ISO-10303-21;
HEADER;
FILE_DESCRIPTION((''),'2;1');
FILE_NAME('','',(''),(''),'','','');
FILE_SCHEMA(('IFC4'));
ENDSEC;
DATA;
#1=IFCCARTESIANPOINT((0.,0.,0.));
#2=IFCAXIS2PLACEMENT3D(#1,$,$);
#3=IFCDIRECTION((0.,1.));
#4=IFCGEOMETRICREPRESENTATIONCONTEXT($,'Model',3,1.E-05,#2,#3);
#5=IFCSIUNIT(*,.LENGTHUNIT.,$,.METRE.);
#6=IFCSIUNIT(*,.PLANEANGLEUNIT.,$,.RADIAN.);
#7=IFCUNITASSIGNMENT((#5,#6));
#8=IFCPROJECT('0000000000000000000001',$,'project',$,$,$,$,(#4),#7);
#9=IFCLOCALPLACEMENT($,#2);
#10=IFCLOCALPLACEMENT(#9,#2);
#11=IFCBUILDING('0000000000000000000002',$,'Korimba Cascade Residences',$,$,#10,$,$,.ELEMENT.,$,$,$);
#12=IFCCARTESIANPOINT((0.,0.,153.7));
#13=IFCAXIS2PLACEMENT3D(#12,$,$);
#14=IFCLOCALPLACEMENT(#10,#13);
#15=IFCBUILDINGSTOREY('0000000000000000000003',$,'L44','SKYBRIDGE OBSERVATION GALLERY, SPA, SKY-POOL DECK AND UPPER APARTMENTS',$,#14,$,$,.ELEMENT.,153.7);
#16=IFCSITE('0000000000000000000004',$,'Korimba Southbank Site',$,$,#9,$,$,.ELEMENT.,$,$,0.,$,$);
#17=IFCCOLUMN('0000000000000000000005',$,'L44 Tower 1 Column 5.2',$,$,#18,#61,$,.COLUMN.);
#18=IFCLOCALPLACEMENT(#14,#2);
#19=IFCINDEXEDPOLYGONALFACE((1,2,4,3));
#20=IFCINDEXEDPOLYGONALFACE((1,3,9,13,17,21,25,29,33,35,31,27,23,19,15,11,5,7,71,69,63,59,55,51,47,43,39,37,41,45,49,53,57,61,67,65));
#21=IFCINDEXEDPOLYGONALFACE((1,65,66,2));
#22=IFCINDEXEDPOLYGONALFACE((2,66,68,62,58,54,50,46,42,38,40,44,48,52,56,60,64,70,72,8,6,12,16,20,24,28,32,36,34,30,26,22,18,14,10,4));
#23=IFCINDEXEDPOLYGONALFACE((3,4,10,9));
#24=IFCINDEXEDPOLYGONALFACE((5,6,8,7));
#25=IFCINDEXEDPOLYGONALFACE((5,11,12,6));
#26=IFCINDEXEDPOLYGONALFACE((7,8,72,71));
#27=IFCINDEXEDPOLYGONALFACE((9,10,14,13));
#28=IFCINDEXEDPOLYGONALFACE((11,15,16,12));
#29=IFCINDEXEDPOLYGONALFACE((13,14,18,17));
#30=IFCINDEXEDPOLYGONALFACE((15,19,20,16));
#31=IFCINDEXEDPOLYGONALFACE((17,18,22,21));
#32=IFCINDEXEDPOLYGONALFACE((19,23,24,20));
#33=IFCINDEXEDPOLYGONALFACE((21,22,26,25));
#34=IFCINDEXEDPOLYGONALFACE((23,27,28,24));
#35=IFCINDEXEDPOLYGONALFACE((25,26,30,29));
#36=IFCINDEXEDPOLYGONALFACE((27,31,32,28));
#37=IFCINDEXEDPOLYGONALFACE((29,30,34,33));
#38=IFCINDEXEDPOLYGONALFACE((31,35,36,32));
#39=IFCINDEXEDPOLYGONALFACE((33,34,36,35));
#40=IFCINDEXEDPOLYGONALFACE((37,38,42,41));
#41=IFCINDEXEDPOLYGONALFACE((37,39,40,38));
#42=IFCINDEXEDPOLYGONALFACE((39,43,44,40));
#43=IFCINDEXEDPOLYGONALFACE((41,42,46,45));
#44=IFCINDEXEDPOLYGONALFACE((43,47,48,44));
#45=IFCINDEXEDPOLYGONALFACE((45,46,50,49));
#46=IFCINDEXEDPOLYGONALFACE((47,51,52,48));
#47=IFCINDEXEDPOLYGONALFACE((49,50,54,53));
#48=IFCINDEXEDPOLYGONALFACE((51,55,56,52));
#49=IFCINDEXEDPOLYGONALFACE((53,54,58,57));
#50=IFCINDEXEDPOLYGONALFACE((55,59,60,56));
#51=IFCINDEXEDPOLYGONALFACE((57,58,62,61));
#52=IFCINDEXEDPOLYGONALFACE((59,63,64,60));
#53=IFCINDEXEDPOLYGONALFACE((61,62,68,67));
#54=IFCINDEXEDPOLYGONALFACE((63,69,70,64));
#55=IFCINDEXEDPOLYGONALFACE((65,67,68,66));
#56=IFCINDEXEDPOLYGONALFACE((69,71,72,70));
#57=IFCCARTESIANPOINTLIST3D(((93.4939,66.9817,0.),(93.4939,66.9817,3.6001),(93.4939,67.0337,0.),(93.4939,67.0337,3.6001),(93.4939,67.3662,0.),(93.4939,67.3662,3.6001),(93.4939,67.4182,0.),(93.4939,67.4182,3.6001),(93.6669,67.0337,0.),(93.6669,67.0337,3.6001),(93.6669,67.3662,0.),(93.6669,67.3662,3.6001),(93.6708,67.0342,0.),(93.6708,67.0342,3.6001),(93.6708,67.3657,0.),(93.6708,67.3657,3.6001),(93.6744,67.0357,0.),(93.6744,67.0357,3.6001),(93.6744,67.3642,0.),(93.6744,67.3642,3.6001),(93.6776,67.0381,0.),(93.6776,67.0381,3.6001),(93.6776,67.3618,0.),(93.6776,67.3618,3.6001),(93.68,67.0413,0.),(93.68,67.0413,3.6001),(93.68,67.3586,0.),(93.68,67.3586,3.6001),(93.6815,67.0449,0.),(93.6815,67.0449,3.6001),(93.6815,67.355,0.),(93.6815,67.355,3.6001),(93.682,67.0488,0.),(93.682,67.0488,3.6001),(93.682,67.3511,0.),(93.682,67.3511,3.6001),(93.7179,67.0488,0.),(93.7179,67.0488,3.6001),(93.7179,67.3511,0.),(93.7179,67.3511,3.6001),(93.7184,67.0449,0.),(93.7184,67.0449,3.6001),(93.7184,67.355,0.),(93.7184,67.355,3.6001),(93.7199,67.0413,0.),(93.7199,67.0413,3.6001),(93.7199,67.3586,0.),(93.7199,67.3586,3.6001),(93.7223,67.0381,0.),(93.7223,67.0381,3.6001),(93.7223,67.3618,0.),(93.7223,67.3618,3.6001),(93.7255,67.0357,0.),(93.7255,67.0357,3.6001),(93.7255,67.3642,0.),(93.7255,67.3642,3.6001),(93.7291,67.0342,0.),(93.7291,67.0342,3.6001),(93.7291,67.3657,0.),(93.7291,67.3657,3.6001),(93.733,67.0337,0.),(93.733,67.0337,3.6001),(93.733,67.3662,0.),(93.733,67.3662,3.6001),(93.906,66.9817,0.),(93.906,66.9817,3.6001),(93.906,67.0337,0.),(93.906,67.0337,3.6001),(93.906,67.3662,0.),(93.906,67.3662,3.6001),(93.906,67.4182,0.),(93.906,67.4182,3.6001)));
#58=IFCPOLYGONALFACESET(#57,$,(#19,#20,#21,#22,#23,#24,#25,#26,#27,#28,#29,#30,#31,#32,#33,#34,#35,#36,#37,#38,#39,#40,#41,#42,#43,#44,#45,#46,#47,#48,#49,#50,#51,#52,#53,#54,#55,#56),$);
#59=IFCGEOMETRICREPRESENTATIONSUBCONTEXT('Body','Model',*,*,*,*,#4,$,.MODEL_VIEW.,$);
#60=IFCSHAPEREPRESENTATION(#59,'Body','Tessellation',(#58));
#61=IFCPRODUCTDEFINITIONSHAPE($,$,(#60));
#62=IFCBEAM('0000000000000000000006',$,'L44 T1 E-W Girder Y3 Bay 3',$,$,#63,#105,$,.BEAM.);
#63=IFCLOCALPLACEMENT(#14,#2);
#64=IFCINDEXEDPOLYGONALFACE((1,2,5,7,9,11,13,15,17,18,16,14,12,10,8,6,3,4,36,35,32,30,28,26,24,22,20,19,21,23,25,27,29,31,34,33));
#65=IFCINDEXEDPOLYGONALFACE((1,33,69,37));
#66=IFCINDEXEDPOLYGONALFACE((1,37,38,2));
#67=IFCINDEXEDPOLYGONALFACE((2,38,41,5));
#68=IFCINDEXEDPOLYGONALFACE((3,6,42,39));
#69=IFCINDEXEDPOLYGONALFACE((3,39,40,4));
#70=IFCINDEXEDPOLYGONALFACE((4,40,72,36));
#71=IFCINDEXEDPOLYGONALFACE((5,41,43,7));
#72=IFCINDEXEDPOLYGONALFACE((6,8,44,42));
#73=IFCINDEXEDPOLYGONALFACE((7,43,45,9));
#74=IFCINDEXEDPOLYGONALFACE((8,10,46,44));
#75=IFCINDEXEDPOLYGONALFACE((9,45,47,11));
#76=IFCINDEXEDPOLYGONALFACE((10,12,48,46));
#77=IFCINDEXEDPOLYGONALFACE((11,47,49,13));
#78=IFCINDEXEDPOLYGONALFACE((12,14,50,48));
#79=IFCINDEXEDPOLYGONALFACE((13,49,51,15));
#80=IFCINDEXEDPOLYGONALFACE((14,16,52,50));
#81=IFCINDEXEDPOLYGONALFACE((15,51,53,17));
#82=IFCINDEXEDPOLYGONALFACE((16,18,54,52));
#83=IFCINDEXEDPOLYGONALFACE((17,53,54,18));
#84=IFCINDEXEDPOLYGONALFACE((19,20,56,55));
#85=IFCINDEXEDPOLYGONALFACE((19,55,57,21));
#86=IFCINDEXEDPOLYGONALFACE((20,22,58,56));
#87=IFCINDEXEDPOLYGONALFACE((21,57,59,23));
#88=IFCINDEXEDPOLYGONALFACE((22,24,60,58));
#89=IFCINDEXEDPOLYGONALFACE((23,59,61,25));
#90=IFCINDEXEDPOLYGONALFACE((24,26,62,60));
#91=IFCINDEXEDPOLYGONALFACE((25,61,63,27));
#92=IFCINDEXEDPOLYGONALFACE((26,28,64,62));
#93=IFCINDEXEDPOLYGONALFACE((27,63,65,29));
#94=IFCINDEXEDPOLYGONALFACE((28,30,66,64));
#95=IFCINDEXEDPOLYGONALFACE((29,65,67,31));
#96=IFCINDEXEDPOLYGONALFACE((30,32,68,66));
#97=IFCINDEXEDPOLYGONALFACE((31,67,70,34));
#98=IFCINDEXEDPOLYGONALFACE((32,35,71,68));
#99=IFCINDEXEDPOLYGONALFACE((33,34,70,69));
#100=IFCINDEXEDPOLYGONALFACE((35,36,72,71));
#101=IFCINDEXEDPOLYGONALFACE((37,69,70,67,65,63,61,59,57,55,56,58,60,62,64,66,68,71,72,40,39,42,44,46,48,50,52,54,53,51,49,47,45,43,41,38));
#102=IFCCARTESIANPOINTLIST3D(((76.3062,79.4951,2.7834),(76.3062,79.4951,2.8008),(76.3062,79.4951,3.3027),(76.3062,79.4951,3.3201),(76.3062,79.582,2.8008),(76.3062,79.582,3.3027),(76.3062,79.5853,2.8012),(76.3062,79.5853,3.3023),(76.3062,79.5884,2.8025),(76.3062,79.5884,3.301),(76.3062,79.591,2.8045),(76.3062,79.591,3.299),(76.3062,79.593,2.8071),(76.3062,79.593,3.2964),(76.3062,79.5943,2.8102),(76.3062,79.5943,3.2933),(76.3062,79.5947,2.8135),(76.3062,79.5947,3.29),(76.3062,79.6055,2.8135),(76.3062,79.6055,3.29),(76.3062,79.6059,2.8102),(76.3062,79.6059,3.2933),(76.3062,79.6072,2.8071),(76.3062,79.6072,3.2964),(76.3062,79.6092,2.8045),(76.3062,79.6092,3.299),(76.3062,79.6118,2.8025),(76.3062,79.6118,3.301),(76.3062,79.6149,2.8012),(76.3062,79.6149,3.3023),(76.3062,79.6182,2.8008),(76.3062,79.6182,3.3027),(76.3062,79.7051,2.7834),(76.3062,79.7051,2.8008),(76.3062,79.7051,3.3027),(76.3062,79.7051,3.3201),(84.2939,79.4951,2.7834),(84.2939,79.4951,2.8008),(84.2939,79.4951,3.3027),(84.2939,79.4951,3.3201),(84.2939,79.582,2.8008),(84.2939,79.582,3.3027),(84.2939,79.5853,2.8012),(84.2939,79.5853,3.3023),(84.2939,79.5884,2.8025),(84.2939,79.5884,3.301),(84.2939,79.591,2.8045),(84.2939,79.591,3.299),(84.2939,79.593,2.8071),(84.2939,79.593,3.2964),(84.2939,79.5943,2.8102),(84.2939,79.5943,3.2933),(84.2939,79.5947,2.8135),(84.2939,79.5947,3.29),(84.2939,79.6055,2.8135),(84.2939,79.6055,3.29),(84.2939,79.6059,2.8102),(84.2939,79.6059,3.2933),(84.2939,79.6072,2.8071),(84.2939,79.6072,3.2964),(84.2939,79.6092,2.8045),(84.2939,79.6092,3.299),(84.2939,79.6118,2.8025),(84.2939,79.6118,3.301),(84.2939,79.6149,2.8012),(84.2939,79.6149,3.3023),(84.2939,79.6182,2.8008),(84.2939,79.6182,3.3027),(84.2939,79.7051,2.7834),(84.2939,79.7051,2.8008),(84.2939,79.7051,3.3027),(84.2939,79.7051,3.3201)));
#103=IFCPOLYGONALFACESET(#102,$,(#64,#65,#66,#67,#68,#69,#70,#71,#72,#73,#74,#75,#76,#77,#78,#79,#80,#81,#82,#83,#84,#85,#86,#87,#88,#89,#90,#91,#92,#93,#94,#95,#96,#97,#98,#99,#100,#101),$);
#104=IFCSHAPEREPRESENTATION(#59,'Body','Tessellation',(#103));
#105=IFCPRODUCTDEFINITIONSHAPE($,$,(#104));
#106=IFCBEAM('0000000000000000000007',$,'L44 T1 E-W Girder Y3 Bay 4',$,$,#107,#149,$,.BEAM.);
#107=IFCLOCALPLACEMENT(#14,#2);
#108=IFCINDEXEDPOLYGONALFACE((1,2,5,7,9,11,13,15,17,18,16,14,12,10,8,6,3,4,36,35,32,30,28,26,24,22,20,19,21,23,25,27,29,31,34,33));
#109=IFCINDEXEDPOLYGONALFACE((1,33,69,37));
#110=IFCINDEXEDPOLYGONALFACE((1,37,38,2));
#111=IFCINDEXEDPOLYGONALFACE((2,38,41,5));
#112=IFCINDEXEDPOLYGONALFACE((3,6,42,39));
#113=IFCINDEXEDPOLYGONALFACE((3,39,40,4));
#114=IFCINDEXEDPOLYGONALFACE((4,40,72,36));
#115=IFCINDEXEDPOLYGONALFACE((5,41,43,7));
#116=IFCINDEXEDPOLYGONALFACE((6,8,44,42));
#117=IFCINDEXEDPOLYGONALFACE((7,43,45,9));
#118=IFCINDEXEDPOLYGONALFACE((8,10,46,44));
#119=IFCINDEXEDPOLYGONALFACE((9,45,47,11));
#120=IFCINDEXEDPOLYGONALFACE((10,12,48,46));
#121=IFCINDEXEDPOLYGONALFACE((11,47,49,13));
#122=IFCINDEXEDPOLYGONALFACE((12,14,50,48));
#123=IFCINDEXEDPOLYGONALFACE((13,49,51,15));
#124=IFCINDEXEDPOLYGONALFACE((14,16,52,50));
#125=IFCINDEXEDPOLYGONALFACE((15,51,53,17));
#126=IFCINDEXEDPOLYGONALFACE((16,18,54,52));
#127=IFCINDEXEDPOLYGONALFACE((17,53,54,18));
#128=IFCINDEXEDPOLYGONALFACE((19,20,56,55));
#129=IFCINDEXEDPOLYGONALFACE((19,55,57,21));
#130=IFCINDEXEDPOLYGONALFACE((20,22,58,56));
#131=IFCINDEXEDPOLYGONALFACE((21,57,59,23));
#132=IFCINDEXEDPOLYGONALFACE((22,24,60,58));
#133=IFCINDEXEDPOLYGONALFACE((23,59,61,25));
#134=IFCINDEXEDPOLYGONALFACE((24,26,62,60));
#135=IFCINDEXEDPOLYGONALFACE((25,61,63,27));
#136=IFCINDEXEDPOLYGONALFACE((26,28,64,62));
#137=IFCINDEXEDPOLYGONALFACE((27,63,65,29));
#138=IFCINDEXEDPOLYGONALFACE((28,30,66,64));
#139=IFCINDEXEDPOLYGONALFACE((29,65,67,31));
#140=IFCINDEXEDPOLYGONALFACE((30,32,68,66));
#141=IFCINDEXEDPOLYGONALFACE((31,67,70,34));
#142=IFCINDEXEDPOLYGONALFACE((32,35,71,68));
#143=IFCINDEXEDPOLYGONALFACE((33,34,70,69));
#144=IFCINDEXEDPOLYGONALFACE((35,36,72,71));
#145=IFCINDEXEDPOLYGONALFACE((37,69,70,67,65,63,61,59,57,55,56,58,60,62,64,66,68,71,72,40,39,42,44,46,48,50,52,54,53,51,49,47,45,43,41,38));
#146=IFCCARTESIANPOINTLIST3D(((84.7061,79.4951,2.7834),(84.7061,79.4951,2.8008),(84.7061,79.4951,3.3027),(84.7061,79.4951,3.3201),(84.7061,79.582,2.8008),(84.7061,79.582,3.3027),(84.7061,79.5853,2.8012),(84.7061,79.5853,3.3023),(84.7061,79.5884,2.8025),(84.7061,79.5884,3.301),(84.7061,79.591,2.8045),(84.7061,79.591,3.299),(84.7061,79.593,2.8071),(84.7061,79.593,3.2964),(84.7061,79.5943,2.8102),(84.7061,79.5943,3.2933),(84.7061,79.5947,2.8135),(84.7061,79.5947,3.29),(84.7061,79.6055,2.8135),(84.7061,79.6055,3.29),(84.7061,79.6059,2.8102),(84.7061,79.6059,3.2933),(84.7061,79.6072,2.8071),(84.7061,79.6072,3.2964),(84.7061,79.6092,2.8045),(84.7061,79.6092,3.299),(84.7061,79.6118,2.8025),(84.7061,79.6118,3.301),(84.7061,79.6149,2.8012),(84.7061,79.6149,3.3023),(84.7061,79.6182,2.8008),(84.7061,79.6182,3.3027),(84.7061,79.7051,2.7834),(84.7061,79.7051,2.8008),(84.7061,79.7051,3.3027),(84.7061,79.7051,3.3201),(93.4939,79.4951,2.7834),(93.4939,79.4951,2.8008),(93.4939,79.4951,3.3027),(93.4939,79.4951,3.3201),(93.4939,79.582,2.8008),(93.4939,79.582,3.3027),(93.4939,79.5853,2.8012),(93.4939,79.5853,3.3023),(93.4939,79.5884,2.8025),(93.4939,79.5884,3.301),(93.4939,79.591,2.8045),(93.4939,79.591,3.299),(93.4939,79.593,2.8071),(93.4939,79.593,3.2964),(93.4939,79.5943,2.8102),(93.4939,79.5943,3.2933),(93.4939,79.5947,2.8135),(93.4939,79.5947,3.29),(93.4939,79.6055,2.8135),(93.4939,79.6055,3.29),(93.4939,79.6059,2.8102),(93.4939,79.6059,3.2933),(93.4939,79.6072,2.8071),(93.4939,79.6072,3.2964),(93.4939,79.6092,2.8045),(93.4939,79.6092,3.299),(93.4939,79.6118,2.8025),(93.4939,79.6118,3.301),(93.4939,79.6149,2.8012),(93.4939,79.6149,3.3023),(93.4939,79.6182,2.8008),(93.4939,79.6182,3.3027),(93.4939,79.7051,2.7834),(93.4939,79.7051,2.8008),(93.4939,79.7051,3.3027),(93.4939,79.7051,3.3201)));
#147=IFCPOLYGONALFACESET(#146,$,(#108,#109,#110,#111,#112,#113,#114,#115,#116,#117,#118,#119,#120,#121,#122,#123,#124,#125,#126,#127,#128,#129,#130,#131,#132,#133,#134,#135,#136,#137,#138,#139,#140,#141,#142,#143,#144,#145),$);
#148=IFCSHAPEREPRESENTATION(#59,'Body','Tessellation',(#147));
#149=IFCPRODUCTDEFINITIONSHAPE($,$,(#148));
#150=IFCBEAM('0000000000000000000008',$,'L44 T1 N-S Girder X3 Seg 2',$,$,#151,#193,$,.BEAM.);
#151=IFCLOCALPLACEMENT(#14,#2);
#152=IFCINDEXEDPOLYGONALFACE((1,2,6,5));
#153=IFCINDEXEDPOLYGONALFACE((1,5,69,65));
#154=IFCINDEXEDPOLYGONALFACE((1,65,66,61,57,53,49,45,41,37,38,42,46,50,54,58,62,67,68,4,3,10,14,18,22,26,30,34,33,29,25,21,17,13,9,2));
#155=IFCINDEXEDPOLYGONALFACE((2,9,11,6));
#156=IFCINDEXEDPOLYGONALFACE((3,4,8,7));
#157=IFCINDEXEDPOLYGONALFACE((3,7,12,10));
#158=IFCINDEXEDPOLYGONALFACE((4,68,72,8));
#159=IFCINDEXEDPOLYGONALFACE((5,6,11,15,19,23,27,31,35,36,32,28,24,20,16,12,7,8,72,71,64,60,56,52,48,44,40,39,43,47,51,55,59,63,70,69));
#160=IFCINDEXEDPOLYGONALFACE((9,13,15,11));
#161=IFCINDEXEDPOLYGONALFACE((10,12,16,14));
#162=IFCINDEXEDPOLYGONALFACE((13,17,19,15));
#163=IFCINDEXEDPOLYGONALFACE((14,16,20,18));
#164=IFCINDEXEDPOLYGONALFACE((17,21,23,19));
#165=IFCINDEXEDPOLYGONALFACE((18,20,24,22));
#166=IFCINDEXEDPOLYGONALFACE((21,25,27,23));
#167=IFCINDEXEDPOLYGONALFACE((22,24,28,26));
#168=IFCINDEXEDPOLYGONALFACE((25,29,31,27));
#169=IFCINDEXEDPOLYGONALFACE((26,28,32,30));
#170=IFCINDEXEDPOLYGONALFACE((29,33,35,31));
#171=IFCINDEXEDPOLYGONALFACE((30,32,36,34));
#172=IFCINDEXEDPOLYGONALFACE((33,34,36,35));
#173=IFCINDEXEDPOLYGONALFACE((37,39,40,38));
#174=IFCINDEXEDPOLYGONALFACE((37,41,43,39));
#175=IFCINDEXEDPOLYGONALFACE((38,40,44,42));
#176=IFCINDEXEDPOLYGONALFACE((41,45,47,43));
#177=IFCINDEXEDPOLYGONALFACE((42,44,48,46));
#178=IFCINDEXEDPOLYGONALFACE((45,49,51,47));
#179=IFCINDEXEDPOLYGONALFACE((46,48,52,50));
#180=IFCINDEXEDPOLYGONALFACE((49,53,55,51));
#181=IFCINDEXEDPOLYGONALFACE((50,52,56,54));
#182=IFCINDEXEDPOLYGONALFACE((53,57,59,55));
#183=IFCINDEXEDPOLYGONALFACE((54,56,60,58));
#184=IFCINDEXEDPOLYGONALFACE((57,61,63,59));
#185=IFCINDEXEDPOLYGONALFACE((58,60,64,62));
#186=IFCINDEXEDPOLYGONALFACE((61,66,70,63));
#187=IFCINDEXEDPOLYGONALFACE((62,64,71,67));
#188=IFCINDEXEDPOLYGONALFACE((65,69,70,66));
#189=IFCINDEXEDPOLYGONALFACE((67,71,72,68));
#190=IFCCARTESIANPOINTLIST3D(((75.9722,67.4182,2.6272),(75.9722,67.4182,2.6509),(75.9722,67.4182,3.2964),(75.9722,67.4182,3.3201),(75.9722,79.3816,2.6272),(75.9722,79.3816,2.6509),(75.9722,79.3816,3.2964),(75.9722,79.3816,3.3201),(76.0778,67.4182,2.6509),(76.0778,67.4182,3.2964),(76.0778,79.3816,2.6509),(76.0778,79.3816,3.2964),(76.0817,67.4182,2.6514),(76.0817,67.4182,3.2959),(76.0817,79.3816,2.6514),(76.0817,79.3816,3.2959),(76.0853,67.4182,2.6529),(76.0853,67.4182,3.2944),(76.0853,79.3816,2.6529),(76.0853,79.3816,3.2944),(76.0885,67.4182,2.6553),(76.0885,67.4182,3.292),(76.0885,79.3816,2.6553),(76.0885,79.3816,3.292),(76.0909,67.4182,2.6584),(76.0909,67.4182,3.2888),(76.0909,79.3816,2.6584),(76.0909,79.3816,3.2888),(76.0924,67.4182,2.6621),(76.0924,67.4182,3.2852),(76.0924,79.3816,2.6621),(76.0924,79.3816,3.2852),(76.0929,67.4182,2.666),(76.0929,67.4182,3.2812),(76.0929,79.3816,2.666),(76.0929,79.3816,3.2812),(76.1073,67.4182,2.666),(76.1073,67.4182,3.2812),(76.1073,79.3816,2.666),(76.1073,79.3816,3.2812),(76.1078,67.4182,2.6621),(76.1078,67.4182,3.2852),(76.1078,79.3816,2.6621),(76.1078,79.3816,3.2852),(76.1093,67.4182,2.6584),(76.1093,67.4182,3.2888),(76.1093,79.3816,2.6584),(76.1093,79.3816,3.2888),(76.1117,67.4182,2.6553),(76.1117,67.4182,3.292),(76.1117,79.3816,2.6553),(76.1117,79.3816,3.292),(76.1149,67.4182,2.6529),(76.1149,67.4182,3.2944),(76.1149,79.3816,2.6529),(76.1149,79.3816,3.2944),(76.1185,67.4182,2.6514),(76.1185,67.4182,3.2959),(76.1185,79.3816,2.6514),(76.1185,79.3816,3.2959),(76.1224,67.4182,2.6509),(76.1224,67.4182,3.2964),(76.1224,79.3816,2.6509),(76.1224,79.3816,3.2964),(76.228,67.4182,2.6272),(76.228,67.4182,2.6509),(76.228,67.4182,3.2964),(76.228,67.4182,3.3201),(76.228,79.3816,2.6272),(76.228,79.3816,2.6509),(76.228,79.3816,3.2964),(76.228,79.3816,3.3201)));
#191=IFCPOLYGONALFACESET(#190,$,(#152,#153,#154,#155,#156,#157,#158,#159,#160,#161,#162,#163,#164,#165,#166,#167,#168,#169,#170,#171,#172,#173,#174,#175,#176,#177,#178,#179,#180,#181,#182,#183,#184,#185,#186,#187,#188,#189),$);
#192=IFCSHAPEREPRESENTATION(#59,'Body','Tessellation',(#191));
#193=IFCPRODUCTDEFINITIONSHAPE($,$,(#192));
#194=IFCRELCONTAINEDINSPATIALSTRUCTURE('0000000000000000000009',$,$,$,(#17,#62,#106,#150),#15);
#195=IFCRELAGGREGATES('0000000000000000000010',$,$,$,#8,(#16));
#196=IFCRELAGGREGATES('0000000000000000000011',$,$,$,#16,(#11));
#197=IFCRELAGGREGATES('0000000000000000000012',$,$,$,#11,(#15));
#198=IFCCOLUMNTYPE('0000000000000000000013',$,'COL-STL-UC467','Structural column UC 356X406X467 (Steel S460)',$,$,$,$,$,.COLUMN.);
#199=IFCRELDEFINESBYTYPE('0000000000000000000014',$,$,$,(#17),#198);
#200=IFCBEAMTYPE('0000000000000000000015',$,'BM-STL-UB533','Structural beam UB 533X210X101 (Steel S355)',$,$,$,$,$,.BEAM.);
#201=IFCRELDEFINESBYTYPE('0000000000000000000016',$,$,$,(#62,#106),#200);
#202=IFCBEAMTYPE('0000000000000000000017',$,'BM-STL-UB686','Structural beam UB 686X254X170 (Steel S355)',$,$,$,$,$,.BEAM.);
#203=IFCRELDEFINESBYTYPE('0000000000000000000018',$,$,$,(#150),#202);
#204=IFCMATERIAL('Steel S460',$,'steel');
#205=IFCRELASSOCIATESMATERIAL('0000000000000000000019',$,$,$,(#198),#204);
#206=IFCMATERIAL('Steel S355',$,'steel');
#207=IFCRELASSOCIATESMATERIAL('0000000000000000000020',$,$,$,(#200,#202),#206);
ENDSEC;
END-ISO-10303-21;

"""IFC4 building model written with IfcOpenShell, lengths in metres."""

from ifc_helpers import new_model, si_unit, direction, frame, origin, origin_2d, place, context, subcontext, project, spatial, i_section, extrude, material, material_profile, profile_set, type_object, element, save


model = new_model("IFC4")

# Units and contexts
model_context = context("Model", 3, precision=1e-05, world=origin(), true_north=direction((0.0, 1.0)))
body_context = subcontext(model_context, "Body", "Model", "MODEL_VIEW")
ifc_project = project(units=[si_unit("LENGTHUNIT", "METRE"), si_unit("PLANEANGLEUNIT", "RADIAN")], contexts=[model_context])

# Site, building, storey
site_placement = place(None, origin())
site = spatial("IfcSite", under=ifc_project, at=site_placement, Name="Korimba Southbank Site", CompositionType="ELEMENT", RefElevation=0.0)
building_placement = place(site_placement, origin())
building = spatial("IfcBuilding", under=site, at=building_placement, Name="Korimba Cascade Residences", CompositionType="ELEMENT")
storey_placement = place(building_placement, frame((0.0, 0.0, 153.7)))
storey = spatial("IfcBuildingStorey", under=building, at=storey_placement, Name="L44", Description="SKYBRIDGE OBSERVATION GALLERY, SPA, SKY-POOL DECK AND UPPER APARTMENTS", CompositionType="ELEMENT", Elevation=153.7)

# Column
ifc_material_1 = material(Name="Steel S460", Category="steel")
ifc_material_profile_1 = material_profile(ifc_material_1, i_section(OverallWidth=0.4121, OverallDepth=0.4365, WebThickness=0.0359, FlangeThickness=0.052, FilletRadius=0.0151, at=origin_2d()), Name="Steel S460")
ifc_profile_set_1 = profile_set([ifc_material_profile_1], Name="Steel S460")
column_type = type_object("IfcColumnType", Name="COL-STL-UC467", Description="Structural column UC 356X406X467 (Steel S460)", PredefinedType="COLUMN", material=ifc_profile_set_1)
for number, where, z_axis, x_axis, name in (
    (1, (93.7, 67.2, 0.0), (0.0, 0.0, 1.0), (1.0, 0.0, 0.0), "L44 Tower 1 Column 5.2"),
):
    element("IfcColumn", number, at=place(storey_placement, frame(where, z_axis=z_axis, x_axis=x_axis)), inside=storey, type_object=column_type, Name=name, PredefinedType="COLUMN", context=body_context, shape_type="SweptSolid", body=[
        extrude(i_section(OverallWidth=0.4121, OverallDepth=0.4365, WebThickness=0.0359, FlangeThickness=0.052, FilletRadius=0.0151, at=origin_2d()), origin(), (0.0, 0.0, 1.0), 3.6001),
    ])

# Beams
ifc_material_2 = material(Name="Steel S355", Category="steel")
ifc_material_profile_2 = material_profile(ifc_material_2, i_section(OverallWidth=0.21, OverallDepth=0.5366, WebThickness=0.0107, FlangeThickness=0.0173, FilletRadius=0.0127, at=origin_2d()), Name="Steel S355")
ifc_profile_set_2 = profile_set([ifc_material_profile_2], Name="Steel S355")
beam_type_1 = type_object("IfcBeamType", Name="BM-STL-UB533", Description="Structural beam UB 533X210X101 (Steel S355)", PredefinedType="BEAM", material=ifc_profile_set_2)
beam_1_placement = place(storey_placement, frame((76.3062, 79.6001, 3.0518), z_axis=(1.0, 0.0, 0.0), x_axis=(0.0, 1.0, 0.0)))
element("IfcBeam", 2, at=beam_1_placement, inside=storey, type_object=beam_type_1, Name="L44 T1 E-W Girder Y3 Bay 3", PredefinedType="BEAM", context=body_context, shape_type="SweptSolid", body=[
    extrude(i_section(OverallWidth=0.21, OverallDepth=0.5366, WebThickness=0.0107, FlangeThickness=0.0173, FilletRadius=0.0127, at=origin_2d()), origin(), (0.0, 0.0, 1.0), 7.9878),
])
beam_2_placement = place(storey_placement, frame((84.7061, 79.6001, 3.0518), z_axis=(1.0, 0.0, 0.0), x_axis=(0.0, 1.0, 0.0)))
element("IfcBeam", 3, at=beam_2_placement, inside=storey, type_object=beam_type_1, Name="L44 T1 E-W Girder Y3 Bay 4", PredefinedType="BEAM", context=body_context, shape_type="SweptSolid", body=[
    extrude(i_section(OverallWidth=0.21, OverallDepth=0.5366, WebThickness=0.0107, FlangeThickness=0.0173, FilletRadius=0.0127, at=origin_2d()), origin(), (0.0, 0.0, 1.0), 8.7878),
])
ifc_material_profile_3 = material_profile(ifc_material_2, i_section(OverallWidth=0.2559, OverallDepth=0.6929, WebThickness=0.0144, FlangeThickness=0.0237, FilletRadius=0.0151, at=origin_2d()), Name="Steel S355")
ifc_profile_set_3 = profile_set([ifc_material_profile_3], Name="Steel S355")
beam_type_2 = type_object("IfcBeamType", Name="BM-STL-UB686", Description="Structural beam UB 686X254X170 (Steel S355)", PredefinedType="BEAM", material=ifc_profile_set_3)
for number, where, z_axis, x_axis, name in (
    (4, (76.1001, 67.4182, 2.9736), (0.0, 1.0, 0.0), (-1.0, 0.0, 0.0), "L44 T1 N-S Girder X3 Seg 2"),
):
    element("IfcBeam", number, at=place(storey_placement, frame(where, z_axis=z_axis, x_axis=x_axis)), inside=storey, type_object=beam_type_2, Name=name, PredefinedType="BEAM", context=body_context, shape_type="SweptSolid", body=[
        extrude(i_section(OverallWidth=0.2559, OverallDepth=0.6929, WebThickness=0.0144, FlangeThickness=0.0237, FilletRadius=0.0151, at=origin_2d()), origin(), (0.0, 0.0, 1.0), 11.9634),
    ])

save(model, "model.ifc")
